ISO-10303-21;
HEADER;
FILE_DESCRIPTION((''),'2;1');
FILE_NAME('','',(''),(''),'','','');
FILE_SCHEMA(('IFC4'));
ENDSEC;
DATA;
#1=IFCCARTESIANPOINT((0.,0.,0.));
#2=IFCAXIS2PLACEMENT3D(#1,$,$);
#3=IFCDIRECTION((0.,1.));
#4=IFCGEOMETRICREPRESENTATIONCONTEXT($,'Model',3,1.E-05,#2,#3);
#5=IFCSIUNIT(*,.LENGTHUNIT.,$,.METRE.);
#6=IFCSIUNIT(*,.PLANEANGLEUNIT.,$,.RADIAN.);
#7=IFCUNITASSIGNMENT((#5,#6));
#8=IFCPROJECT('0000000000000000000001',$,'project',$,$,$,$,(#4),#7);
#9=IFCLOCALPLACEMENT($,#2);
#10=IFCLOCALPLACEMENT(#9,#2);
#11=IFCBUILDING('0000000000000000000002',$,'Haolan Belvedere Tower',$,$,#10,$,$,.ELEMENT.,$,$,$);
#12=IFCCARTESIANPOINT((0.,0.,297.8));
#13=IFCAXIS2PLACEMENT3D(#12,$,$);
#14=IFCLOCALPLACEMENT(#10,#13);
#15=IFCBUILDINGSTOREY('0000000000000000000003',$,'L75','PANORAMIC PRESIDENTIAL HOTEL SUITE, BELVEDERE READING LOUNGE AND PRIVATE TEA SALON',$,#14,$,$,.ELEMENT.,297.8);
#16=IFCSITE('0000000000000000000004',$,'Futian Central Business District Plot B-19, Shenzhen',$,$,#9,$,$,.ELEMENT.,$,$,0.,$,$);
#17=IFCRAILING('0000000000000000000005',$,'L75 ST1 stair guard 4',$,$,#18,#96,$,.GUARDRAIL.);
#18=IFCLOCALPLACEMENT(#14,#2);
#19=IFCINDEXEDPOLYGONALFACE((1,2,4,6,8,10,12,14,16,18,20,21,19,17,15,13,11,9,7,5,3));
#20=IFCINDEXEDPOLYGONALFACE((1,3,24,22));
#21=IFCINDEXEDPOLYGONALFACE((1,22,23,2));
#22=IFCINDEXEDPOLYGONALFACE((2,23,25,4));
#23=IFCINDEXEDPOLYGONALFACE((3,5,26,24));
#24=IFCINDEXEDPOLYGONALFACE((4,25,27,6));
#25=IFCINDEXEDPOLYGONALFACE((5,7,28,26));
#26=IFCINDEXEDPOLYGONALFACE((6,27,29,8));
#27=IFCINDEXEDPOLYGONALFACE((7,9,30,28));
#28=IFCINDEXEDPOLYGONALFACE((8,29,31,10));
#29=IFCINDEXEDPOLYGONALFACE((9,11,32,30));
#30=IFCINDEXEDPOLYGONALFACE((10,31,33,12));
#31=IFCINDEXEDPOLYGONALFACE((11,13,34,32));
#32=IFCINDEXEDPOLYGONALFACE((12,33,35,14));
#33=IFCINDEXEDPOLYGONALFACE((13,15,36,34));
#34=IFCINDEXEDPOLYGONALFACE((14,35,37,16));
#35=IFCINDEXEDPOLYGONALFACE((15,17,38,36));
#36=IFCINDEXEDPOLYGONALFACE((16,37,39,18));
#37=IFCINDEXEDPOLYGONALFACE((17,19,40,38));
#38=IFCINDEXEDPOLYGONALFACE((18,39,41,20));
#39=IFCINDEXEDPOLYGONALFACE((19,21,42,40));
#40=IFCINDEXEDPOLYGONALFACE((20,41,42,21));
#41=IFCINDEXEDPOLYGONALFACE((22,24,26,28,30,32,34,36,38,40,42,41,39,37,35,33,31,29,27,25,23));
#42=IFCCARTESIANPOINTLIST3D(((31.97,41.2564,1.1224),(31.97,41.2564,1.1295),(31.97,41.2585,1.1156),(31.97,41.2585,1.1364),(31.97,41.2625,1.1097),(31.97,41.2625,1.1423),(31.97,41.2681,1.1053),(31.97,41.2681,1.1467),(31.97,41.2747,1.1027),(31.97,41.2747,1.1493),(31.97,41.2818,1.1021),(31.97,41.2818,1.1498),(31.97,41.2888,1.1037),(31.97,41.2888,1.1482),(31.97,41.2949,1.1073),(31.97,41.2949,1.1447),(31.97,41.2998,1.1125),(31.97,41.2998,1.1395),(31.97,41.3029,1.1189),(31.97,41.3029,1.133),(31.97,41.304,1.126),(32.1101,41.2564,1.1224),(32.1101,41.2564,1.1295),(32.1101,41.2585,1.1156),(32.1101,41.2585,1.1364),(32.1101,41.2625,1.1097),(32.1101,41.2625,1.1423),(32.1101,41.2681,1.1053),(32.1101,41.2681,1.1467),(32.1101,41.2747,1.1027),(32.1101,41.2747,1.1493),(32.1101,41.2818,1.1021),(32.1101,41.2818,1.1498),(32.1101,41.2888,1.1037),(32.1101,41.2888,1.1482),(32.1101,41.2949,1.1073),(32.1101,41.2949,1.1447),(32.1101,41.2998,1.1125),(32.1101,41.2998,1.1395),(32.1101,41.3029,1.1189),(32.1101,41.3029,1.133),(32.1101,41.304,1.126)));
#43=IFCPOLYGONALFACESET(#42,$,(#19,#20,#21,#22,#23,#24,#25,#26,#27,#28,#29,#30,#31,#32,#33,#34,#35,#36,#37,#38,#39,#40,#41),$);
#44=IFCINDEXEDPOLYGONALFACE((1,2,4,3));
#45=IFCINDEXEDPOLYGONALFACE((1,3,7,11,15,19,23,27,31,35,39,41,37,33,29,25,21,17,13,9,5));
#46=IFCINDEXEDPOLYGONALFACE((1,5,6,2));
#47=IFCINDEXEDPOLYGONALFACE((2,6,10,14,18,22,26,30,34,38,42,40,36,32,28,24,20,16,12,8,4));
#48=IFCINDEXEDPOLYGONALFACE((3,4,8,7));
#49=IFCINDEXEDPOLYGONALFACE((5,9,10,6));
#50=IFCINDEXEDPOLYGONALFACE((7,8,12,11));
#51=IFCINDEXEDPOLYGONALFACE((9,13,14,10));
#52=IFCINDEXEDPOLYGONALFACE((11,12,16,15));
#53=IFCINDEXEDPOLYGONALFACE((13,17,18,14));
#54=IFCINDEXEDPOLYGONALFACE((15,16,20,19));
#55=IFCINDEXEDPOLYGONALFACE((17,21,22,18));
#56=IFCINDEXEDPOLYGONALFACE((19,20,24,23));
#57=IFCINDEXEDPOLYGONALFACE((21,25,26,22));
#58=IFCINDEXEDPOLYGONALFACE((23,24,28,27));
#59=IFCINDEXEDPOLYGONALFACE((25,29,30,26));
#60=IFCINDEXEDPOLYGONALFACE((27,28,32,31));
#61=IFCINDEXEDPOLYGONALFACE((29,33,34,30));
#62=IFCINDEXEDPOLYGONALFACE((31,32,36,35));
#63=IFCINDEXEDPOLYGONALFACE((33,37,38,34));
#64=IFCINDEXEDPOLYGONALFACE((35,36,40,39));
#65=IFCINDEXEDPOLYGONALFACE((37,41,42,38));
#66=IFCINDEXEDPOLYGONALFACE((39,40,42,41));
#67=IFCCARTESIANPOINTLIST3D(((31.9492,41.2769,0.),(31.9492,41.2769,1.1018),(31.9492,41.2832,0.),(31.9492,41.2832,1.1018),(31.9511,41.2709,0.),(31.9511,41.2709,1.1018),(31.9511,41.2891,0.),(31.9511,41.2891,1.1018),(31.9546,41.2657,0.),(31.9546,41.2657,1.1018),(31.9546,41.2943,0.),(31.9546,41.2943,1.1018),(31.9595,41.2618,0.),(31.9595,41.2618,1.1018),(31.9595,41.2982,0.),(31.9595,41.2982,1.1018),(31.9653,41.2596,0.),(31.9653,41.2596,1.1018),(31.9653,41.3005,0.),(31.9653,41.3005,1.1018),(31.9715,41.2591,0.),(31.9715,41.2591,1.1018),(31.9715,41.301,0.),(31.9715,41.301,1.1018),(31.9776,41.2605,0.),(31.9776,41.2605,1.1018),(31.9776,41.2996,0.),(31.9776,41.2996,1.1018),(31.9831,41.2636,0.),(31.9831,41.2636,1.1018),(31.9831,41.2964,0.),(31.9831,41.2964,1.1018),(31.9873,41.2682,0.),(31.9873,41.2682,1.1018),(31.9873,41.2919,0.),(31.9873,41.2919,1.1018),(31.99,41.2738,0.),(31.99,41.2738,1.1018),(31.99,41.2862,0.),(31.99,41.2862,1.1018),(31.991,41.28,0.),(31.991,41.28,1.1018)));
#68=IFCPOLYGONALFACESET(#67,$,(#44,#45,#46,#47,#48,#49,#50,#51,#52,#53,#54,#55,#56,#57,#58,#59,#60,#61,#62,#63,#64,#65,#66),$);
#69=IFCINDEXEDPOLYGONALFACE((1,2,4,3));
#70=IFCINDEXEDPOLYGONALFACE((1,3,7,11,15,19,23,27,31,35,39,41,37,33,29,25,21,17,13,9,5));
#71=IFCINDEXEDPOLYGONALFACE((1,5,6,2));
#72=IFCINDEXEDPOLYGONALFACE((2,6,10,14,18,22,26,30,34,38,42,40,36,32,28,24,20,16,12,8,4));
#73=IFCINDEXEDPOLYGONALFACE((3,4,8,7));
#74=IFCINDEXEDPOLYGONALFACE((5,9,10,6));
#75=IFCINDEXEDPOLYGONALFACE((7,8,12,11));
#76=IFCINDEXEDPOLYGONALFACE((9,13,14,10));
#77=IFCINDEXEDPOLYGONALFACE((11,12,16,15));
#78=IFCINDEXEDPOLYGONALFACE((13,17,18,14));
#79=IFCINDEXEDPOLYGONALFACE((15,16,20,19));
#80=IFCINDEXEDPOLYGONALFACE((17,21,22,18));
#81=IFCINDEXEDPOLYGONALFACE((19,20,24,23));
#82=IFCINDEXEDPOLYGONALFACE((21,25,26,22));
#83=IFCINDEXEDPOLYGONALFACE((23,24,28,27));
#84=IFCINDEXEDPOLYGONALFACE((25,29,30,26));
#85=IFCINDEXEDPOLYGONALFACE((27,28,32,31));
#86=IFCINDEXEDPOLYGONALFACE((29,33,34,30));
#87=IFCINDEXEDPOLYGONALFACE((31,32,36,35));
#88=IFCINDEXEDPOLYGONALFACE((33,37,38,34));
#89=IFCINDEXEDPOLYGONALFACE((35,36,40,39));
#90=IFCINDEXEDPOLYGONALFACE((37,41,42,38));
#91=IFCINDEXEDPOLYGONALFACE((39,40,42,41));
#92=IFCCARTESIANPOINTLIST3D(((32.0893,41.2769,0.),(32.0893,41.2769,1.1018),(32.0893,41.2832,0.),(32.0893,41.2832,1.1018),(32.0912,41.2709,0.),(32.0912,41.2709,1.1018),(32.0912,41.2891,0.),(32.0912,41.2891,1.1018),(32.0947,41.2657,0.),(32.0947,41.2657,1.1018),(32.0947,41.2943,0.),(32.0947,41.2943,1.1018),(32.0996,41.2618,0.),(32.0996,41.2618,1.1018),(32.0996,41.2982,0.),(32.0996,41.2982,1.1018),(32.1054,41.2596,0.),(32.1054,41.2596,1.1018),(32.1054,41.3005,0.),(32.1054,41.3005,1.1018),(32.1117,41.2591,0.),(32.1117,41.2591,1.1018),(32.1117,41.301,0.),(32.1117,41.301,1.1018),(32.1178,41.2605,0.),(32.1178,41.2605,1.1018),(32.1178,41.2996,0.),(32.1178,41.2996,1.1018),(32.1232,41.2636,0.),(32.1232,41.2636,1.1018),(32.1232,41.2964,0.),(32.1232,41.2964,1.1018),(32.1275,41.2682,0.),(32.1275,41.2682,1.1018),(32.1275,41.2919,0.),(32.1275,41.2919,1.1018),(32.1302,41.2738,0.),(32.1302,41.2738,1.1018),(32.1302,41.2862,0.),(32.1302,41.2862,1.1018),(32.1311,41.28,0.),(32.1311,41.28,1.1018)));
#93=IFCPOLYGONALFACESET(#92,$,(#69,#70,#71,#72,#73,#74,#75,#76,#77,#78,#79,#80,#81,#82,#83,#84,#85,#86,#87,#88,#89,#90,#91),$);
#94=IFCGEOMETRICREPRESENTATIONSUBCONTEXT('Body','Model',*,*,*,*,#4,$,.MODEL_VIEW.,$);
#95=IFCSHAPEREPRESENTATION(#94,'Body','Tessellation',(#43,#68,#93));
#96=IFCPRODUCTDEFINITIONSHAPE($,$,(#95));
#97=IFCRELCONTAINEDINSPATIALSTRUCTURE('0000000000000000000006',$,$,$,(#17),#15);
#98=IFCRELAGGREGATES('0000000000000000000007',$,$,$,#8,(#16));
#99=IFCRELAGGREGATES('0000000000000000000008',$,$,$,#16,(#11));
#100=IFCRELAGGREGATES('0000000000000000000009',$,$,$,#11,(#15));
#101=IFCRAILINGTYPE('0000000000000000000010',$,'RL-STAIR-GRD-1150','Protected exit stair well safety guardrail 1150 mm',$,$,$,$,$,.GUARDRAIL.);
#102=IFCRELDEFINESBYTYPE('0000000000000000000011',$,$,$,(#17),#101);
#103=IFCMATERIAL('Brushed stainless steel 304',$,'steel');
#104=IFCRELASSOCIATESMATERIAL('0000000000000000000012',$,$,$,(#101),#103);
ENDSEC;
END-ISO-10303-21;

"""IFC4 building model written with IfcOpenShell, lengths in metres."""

from ifc_helpers import new_model, si_unit, direction, frame, origin, origin_2d, place, context, subcontext, project, spatial, circle, extrude, material, type_object, element, save


model = new_model("IFC4")

# Units and contexts
model_context = context("Model", 3, precision=1e-05, world=origin(), true_north=direction((0.0, 1.0)))
body_context = subcontext(model_context, "Body", "Model", "MODEL_VIEW")
ifc_project = project(units=[si_unit("LENGTHUNIT", "METRE"), si_unit("PLANEANGLEUNIT", "RADIAN")], contexts=[model_context])

# Site, building, storey
site_placement = place(None, origin())
site = spatial("IfcSite", under=ifc_project, at=site_placement, Name="Futian Central Business District Plot B-19, Shenzhen", CompositionType="ELEMENT", RefElevation=0.0)
building_placement = place(site_placement, origin())
building = spatial("IfcBuilding", under=site, at=building_placement, Name="Haolan Belvedere Tower", CompositionType="ELEMENT")
storey_placement = place(building_placement, frame((0.0, 0.0, 297.8)))
storey = spatial("IfcBuildingStorey", under=building, at=storey_placement, Name="L75", Description="PANORAMIC PRESIDENTIAL HOTEL SUITE, BELVEDERE READING LOUNGE AND PRIVATE TEA SALON", CompositionType="ELEMENT", Elevation=297.8)

# Railing
ifc_material_1 = material(Name="Brushed stainless steel 304", Category="steel")
railing_type_1 = type_object("IfcRailingType", Name="RL-STAIR-GRD-1150", Description="Protected exit stair well safety guardrail 1150 mm", PredefinedType="GUARDRAIL", material=ifc_material_1)
railing_1_placement = place(storey_placement, frame((31.97, 41.28, 0.0)))
element("IfcRailing", 1, at=railing_1_placement, inside=storey, type_object=railing_type_1, Name="L75 ST1 stair guard 4", PredefinedType="GUARDRAIL", context=body_context, shape_type="SweptSolid", body=[
    extrude(circle(Radius=0.0239, at=origin_2d()), frame((0.0, 0.0, 1.126), z_axis=(1.0, 0.0, 0.0), x_axis=(0.0, 1.0, 0.0)), (0.0, 0.0, 1.0), 0.1401),
    extrude(circle(Radius=0.021, at=origin_2d()), origin(), (0.0, 0.0, 1.0), 1.1018),
    extrude(circle(Radius=0.021, at=origin_2d()), frame((0.1401, 0.0, 0.0)), (0.0, 0.0, 1.0), 1.1018),
])

save(model, "model.ifc")
